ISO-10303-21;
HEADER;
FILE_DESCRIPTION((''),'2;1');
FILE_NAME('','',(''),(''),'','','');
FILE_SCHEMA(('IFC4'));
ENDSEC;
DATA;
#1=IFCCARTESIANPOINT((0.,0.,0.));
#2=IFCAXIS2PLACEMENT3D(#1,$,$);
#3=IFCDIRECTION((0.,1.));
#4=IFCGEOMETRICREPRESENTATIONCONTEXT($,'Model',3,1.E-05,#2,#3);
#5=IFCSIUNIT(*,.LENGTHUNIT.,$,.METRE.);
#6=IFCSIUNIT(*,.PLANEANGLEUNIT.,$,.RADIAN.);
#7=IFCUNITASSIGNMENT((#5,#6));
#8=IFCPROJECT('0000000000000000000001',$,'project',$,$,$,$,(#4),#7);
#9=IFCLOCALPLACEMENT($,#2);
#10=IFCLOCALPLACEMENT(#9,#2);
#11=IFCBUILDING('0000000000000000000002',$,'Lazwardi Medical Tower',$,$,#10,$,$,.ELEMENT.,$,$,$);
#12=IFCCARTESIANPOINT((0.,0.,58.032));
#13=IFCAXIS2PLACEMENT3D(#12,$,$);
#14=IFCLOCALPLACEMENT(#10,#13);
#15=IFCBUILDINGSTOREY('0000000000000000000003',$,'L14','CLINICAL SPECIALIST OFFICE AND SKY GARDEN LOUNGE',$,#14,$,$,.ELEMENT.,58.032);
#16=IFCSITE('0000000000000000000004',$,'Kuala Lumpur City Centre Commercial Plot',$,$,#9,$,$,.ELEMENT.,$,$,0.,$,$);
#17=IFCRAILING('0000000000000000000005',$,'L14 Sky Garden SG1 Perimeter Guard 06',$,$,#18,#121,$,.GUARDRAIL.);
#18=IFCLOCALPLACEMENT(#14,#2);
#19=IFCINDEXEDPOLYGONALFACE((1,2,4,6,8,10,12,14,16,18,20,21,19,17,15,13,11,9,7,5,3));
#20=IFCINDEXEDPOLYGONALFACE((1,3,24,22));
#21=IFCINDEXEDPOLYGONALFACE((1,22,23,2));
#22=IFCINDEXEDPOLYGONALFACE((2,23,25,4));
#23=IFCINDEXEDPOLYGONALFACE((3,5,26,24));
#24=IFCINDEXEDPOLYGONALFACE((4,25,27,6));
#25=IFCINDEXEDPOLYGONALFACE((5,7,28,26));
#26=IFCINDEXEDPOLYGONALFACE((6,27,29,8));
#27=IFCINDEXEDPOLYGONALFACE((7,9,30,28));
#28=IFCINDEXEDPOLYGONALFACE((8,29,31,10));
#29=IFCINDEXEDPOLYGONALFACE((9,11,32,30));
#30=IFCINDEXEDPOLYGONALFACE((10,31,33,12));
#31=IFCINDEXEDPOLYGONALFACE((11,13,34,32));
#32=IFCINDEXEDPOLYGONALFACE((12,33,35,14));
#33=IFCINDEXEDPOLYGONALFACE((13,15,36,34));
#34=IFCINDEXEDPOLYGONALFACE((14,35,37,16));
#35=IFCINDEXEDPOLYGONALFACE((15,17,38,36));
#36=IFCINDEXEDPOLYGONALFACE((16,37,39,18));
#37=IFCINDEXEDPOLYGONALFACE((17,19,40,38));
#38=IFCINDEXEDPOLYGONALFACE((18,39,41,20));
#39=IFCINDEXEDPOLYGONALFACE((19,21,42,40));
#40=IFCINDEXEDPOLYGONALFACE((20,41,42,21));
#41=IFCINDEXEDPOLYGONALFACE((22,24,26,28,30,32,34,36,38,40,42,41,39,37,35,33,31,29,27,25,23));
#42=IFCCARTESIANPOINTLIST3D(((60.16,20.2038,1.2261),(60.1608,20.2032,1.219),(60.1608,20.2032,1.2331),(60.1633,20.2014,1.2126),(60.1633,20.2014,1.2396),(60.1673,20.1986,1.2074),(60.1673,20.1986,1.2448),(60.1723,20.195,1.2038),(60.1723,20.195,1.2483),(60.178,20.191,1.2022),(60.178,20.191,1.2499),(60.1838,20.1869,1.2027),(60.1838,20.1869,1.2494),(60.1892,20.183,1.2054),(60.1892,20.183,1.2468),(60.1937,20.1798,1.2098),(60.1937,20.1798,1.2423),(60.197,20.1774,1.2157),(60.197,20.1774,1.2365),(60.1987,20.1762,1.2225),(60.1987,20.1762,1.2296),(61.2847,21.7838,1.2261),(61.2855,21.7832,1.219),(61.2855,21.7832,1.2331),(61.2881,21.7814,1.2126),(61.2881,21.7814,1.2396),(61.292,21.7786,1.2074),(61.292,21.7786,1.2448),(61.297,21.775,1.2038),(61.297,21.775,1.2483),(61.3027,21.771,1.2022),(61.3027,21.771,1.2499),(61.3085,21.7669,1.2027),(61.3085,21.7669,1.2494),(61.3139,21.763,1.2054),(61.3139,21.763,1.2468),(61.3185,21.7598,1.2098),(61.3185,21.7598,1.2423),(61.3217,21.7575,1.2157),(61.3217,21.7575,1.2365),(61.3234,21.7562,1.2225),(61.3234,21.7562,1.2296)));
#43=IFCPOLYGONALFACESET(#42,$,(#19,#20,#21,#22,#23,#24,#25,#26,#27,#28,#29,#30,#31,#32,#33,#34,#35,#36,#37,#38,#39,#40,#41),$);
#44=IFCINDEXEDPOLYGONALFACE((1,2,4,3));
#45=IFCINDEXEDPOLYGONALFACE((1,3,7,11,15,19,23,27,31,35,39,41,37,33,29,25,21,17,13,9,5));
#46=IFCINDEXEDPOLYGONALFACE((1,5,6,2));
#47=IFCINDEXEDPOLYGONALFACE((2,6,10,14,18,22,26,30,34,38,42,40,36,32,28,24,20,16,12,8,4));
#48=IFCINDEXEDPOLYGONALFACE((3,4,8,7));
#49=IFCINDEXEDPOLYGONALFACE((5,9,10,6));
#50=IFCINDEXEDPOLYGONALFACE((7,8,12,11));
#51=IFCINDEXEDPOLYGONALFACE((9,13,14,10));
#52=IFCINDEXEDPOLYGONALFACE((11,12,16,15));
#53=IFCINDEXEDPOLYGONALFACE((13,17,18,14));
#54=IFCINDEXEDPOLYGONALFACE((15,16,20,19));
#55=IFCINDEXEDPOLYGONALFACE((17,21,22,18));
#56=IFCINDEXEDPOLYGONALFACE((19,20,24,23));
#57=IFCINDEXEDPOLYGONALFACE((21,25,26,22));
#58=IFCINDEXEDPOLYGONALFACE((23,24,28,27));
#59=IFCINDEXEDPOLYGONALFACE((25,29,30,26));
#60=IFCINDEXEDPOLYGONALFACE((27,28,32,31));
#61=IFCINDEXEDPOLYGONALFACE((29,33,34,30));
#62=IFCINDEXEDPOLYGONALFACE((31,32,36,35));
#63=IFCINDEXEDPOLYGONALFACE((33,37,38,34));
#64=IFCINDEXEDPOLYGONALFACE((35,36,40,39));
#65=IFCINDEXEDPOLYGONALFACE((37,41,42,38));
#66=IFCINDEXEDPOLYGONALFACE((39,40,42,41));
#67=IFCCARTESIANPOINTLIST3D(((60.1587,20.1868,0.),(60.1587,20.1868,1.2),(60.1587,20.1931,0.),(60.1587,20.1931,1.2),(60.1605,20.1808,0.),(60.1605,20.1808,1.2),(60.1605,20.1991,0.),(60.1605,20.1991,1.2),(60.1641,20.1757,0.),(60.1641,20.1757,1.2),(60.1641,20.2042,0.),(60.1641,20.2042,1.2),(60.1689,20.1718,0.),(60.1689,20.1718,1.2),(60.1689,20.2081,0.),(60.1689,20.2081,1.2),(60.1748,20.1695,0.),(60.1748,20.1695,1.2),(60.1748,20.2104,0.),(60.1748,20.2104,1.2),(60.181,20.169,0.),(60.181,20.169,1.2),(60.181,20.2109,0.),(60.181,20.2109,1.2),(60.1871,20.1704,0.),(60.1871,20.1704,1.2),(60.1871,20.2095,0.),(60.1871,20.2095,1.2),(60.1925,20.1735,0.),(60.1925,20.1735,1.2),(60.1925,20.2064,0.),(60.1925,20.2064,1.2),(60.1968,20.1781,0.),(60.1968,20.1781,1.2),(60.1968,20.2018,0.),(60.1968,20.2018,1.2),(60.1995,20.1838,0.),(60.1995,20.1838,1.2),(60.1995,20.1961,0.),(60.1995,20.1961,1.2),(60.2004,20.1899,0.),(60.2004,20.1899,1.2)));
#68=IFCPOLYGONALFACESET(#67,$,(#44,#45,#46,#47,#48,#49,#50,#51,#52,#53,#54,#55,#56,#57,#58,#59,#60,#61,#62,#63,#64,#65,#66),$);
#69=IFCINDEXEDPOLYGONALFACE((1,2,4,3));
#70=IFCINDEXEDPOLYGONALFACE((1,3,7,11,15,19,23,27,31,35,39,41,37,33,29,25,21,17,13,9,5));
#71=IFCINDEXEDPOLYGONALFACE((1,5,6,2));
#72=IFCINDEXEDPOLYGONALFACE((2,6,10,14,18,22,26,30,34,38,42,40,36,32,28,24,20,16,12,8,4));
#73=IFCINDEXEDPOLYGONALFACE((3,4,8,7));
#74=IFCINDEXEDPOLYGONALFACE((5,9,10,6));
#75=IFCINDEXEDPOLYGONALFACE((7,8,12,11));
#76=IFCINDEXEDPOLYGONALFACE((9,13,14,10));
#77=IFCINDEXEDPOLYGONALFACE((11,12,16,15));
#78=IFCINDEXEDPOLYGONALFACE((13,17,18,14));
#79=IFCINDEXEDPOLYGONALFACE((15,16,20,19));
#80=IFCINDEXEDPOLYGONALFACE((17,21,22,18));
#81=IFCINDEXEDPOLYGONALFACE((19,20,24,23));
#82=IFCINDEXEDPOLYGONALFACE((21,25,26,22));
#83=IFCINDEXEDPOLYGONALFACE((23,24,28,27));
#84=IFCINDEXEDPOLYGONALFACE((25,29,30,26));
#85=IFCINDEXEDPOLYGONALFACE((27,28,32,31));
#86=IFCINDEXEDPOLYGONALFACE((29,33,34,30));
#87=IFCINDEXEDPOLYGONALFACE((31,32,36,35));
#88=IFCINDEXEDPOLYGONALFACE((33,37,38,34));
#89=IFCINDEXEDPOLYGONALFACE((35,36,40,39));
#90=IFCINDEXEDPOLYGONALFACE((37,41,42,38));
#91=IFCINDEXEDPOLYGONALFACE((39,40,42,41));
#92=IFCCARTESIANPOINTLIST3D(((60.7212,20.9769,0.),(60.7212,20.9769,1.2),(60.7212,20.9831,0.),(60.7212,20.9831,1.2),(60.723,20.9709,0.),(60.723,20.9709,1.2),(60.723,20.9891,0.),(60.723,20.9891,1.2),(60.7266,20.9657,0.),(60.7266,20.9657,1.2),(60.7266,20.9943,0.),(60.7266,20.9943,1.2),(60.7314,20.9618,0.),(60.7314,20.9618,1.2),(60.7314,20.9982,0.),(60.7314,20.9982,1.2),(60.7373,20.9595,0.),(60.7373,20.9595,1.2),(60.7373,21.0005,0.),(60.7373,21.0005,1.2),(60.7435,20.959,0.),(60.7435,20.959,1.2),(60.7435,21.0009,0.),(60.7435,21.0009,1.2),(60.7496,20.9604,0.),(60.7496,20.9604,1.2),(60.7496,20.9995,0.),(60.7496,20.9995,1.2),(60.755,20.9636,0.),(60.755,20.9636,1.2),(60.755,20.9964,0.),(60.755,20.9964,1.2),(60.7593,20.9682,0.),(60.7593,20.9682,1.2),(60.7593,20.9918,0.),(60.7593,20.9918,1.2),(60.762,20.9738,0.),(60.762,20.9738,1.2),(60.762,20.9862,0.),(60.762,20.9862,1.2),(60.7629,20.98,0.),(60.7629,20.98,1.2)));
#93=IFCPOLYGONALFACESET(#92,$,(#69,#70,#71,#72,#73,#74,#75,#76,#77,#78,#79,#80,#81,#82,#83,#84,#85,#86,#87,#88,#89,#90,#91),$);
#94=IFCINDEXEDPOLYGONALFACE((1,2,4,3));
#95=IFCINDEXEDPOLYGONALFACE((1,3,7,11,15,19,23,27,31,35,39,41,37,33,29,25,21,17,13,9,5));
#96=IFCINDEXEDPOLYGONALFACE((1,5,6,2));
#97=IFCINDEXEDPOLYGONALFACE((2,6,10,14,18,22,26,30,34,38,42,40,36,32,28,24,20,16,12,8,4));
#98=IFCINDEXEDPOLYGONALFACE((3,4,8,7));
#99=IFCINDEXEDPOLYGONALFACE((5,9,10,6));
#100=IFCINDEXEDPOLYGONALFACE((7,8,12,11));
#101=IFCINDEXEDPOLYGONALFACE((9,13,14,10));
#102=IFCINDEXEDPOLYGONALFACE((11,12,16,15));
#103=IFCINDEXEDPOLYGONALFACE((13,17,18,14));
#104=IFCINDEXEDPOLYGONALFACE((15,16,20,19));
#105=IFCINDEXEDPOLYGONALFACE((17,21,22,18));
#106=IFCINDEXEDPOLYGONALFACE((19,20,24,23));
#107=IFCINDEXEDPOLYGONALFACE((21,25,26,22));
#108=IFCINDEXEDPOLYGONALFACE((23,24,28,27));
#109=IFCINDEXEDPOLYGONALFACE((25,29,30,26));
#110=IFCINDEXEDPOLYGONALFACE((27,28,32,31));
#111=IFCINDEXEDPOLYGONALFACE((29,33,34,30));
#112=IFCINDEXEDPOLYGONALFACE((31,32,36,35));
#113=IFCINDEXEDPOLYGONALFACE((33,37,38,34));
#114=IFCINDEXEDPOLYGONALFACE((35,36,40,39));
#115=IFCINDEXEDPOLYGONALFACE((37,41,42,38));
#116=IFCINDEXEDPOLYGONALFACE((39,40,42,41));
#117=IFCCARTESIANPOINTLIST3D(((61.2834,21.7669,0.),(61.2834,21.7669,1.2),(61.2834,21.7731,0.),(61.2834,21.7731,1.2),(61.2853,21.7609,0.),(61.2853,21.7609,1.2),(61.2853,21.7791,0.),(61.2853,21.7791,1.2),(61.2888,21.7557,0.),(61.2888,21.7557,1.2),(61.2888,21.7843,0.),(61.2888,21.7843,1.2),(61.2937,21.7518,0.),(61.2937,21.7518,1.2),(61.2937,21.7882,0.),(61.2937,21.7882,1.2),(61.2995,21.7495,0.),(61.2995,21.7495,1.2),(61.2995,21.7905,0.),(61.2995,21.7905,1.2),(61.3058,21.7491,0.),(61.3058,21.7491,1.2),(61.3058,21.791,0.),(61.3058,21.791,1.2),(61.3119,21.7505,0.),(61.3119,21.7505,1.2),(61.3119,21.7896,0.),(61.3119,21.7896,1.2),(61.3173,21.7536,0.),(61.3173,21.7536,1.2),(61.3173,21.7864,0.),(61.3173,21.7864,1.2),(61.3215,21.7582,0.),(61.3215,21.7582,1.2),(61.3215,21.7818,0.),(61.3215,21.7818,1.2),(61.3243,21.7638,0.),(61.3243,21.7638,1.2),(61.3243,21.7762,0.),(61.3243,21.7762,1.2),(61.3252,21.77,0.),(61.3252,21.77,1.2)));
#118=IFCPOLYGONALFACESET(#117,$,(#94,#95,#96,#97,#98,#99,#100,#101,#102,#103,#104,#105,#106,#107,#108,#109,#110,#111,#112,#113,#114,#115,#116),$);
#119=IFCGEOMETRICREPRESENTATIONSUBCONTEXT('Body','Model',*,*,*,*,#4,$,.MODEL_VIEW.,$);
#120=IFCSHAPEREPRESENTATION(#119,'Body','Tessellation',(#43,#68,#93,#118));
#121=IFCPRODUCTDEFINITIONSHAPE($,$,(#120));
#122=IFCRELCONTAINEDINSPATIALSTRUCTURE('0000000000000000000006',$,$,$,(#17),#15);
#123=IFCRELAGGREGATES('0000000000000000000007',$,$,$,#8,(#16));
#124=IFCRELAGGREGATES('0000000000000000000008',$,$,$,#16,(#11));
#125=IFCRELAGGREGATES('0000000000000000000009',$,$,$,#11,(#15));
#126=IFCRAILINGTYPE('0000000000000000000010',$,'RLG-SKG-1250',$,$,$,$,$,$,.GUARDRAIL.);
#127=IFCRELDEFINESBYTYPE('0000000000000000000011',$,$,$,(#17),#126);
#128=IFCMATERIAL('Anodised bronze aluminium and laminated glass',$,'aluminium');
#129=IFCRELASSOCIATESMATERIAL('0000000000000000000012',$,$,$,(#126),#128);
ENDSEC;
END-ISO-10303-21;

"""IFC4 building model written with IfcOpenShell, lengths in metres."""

from ifc_helpers import new_model, si_unit, direction, frame, origin, origin_2d, place, context, subcontext, project, spatial, circle, extrude, material, type_object, element, save


model = new_model("IFC4")

# Units and contexts
model_context = context("Model", 3, precision=1e-05, world=origin(), true_north=direction((0.0, 1.0)))
body_context = subcontext(model_context, "Body", "Model", "MODEL_VIEW")
ifc_project = project(units=[si_unit("LENGTHUNIT", "METRE"), si_unit("PLANEANGLEUNIT", "RADIAN")], contexts=[model_context])

# Site, building, storey
site_placement = place(None, origin())
site = spatial("IfcSite", under=ifc_project, at=site_placement, Name="Kuala Lumpur City Centre Commercial Plot", CompositionType="ELEMENT", RefElevation=0.0)
building_placement = place(site_placement, origin())
building = spatial("IfcBuilding", under=site, at=building_placement, Name="Lazwardi Medical Tower", CompositionType="ELEMENT")
storey_placement = place(building_placement, frame((0.0, 0.0, 58.032)))
storey = spatial("IfcBuildingStorey", under=building, at=storey_placement, Name="L14", Description="CLINICAL SPECIALIST OFFICE AND SKY GARDEN LOUNGE", CompositionType="ELEMENT", Elevation=58.032)

# Railing
ifc_material_1 = material(Name="Anodised bronze aluminium and laminated glass", Category="aluminium")
railing_type = type_object("IfcRailingType", Name="RLG-SKG-1250", PredefinedType="GUARDRAIL", material=ifc_material_1)
railing_1_placement = place(storey_placement, frame((60.1794, 20.1899, 0.0)))
element("IfcRailing", 1, at=railing_1_placement, inside=storey, type_object=railing_type, Name="L14 Sky Garden SG1 Perimeter Guard 06", PredefinedType="GUARDRAIL", context=body_context, shape_type="SweptSolid", body=[
    extrude(circle(Radius=0.0239, at=origin_2d()), frame((0.0, 0.0, 1.2261), z_axis=(0.579916, 0.814676, 0.0), x_axis=(-0.814676, 0.579916, 0.0)), (0.0, 0.0, 1.0), 1.9395),
    extrude(circle(Radius=0.021, at=origin_2d()), origin(), (0.0, 0.0, 1.0), 1.2),
    extrude(circle(Radius=0.021, at=origin_2d()), frame((0.5625, 0.79, 0.0)), (0.0, 0.0, 1.0), 1.2),
    extrude(circle(Radius=0.021, at=origin_2d()), frame((1.1248, 1.5801, 0.0)), (0.0, 0.0, 1.0), 1.2),
])

save(model, "model.ifc")
